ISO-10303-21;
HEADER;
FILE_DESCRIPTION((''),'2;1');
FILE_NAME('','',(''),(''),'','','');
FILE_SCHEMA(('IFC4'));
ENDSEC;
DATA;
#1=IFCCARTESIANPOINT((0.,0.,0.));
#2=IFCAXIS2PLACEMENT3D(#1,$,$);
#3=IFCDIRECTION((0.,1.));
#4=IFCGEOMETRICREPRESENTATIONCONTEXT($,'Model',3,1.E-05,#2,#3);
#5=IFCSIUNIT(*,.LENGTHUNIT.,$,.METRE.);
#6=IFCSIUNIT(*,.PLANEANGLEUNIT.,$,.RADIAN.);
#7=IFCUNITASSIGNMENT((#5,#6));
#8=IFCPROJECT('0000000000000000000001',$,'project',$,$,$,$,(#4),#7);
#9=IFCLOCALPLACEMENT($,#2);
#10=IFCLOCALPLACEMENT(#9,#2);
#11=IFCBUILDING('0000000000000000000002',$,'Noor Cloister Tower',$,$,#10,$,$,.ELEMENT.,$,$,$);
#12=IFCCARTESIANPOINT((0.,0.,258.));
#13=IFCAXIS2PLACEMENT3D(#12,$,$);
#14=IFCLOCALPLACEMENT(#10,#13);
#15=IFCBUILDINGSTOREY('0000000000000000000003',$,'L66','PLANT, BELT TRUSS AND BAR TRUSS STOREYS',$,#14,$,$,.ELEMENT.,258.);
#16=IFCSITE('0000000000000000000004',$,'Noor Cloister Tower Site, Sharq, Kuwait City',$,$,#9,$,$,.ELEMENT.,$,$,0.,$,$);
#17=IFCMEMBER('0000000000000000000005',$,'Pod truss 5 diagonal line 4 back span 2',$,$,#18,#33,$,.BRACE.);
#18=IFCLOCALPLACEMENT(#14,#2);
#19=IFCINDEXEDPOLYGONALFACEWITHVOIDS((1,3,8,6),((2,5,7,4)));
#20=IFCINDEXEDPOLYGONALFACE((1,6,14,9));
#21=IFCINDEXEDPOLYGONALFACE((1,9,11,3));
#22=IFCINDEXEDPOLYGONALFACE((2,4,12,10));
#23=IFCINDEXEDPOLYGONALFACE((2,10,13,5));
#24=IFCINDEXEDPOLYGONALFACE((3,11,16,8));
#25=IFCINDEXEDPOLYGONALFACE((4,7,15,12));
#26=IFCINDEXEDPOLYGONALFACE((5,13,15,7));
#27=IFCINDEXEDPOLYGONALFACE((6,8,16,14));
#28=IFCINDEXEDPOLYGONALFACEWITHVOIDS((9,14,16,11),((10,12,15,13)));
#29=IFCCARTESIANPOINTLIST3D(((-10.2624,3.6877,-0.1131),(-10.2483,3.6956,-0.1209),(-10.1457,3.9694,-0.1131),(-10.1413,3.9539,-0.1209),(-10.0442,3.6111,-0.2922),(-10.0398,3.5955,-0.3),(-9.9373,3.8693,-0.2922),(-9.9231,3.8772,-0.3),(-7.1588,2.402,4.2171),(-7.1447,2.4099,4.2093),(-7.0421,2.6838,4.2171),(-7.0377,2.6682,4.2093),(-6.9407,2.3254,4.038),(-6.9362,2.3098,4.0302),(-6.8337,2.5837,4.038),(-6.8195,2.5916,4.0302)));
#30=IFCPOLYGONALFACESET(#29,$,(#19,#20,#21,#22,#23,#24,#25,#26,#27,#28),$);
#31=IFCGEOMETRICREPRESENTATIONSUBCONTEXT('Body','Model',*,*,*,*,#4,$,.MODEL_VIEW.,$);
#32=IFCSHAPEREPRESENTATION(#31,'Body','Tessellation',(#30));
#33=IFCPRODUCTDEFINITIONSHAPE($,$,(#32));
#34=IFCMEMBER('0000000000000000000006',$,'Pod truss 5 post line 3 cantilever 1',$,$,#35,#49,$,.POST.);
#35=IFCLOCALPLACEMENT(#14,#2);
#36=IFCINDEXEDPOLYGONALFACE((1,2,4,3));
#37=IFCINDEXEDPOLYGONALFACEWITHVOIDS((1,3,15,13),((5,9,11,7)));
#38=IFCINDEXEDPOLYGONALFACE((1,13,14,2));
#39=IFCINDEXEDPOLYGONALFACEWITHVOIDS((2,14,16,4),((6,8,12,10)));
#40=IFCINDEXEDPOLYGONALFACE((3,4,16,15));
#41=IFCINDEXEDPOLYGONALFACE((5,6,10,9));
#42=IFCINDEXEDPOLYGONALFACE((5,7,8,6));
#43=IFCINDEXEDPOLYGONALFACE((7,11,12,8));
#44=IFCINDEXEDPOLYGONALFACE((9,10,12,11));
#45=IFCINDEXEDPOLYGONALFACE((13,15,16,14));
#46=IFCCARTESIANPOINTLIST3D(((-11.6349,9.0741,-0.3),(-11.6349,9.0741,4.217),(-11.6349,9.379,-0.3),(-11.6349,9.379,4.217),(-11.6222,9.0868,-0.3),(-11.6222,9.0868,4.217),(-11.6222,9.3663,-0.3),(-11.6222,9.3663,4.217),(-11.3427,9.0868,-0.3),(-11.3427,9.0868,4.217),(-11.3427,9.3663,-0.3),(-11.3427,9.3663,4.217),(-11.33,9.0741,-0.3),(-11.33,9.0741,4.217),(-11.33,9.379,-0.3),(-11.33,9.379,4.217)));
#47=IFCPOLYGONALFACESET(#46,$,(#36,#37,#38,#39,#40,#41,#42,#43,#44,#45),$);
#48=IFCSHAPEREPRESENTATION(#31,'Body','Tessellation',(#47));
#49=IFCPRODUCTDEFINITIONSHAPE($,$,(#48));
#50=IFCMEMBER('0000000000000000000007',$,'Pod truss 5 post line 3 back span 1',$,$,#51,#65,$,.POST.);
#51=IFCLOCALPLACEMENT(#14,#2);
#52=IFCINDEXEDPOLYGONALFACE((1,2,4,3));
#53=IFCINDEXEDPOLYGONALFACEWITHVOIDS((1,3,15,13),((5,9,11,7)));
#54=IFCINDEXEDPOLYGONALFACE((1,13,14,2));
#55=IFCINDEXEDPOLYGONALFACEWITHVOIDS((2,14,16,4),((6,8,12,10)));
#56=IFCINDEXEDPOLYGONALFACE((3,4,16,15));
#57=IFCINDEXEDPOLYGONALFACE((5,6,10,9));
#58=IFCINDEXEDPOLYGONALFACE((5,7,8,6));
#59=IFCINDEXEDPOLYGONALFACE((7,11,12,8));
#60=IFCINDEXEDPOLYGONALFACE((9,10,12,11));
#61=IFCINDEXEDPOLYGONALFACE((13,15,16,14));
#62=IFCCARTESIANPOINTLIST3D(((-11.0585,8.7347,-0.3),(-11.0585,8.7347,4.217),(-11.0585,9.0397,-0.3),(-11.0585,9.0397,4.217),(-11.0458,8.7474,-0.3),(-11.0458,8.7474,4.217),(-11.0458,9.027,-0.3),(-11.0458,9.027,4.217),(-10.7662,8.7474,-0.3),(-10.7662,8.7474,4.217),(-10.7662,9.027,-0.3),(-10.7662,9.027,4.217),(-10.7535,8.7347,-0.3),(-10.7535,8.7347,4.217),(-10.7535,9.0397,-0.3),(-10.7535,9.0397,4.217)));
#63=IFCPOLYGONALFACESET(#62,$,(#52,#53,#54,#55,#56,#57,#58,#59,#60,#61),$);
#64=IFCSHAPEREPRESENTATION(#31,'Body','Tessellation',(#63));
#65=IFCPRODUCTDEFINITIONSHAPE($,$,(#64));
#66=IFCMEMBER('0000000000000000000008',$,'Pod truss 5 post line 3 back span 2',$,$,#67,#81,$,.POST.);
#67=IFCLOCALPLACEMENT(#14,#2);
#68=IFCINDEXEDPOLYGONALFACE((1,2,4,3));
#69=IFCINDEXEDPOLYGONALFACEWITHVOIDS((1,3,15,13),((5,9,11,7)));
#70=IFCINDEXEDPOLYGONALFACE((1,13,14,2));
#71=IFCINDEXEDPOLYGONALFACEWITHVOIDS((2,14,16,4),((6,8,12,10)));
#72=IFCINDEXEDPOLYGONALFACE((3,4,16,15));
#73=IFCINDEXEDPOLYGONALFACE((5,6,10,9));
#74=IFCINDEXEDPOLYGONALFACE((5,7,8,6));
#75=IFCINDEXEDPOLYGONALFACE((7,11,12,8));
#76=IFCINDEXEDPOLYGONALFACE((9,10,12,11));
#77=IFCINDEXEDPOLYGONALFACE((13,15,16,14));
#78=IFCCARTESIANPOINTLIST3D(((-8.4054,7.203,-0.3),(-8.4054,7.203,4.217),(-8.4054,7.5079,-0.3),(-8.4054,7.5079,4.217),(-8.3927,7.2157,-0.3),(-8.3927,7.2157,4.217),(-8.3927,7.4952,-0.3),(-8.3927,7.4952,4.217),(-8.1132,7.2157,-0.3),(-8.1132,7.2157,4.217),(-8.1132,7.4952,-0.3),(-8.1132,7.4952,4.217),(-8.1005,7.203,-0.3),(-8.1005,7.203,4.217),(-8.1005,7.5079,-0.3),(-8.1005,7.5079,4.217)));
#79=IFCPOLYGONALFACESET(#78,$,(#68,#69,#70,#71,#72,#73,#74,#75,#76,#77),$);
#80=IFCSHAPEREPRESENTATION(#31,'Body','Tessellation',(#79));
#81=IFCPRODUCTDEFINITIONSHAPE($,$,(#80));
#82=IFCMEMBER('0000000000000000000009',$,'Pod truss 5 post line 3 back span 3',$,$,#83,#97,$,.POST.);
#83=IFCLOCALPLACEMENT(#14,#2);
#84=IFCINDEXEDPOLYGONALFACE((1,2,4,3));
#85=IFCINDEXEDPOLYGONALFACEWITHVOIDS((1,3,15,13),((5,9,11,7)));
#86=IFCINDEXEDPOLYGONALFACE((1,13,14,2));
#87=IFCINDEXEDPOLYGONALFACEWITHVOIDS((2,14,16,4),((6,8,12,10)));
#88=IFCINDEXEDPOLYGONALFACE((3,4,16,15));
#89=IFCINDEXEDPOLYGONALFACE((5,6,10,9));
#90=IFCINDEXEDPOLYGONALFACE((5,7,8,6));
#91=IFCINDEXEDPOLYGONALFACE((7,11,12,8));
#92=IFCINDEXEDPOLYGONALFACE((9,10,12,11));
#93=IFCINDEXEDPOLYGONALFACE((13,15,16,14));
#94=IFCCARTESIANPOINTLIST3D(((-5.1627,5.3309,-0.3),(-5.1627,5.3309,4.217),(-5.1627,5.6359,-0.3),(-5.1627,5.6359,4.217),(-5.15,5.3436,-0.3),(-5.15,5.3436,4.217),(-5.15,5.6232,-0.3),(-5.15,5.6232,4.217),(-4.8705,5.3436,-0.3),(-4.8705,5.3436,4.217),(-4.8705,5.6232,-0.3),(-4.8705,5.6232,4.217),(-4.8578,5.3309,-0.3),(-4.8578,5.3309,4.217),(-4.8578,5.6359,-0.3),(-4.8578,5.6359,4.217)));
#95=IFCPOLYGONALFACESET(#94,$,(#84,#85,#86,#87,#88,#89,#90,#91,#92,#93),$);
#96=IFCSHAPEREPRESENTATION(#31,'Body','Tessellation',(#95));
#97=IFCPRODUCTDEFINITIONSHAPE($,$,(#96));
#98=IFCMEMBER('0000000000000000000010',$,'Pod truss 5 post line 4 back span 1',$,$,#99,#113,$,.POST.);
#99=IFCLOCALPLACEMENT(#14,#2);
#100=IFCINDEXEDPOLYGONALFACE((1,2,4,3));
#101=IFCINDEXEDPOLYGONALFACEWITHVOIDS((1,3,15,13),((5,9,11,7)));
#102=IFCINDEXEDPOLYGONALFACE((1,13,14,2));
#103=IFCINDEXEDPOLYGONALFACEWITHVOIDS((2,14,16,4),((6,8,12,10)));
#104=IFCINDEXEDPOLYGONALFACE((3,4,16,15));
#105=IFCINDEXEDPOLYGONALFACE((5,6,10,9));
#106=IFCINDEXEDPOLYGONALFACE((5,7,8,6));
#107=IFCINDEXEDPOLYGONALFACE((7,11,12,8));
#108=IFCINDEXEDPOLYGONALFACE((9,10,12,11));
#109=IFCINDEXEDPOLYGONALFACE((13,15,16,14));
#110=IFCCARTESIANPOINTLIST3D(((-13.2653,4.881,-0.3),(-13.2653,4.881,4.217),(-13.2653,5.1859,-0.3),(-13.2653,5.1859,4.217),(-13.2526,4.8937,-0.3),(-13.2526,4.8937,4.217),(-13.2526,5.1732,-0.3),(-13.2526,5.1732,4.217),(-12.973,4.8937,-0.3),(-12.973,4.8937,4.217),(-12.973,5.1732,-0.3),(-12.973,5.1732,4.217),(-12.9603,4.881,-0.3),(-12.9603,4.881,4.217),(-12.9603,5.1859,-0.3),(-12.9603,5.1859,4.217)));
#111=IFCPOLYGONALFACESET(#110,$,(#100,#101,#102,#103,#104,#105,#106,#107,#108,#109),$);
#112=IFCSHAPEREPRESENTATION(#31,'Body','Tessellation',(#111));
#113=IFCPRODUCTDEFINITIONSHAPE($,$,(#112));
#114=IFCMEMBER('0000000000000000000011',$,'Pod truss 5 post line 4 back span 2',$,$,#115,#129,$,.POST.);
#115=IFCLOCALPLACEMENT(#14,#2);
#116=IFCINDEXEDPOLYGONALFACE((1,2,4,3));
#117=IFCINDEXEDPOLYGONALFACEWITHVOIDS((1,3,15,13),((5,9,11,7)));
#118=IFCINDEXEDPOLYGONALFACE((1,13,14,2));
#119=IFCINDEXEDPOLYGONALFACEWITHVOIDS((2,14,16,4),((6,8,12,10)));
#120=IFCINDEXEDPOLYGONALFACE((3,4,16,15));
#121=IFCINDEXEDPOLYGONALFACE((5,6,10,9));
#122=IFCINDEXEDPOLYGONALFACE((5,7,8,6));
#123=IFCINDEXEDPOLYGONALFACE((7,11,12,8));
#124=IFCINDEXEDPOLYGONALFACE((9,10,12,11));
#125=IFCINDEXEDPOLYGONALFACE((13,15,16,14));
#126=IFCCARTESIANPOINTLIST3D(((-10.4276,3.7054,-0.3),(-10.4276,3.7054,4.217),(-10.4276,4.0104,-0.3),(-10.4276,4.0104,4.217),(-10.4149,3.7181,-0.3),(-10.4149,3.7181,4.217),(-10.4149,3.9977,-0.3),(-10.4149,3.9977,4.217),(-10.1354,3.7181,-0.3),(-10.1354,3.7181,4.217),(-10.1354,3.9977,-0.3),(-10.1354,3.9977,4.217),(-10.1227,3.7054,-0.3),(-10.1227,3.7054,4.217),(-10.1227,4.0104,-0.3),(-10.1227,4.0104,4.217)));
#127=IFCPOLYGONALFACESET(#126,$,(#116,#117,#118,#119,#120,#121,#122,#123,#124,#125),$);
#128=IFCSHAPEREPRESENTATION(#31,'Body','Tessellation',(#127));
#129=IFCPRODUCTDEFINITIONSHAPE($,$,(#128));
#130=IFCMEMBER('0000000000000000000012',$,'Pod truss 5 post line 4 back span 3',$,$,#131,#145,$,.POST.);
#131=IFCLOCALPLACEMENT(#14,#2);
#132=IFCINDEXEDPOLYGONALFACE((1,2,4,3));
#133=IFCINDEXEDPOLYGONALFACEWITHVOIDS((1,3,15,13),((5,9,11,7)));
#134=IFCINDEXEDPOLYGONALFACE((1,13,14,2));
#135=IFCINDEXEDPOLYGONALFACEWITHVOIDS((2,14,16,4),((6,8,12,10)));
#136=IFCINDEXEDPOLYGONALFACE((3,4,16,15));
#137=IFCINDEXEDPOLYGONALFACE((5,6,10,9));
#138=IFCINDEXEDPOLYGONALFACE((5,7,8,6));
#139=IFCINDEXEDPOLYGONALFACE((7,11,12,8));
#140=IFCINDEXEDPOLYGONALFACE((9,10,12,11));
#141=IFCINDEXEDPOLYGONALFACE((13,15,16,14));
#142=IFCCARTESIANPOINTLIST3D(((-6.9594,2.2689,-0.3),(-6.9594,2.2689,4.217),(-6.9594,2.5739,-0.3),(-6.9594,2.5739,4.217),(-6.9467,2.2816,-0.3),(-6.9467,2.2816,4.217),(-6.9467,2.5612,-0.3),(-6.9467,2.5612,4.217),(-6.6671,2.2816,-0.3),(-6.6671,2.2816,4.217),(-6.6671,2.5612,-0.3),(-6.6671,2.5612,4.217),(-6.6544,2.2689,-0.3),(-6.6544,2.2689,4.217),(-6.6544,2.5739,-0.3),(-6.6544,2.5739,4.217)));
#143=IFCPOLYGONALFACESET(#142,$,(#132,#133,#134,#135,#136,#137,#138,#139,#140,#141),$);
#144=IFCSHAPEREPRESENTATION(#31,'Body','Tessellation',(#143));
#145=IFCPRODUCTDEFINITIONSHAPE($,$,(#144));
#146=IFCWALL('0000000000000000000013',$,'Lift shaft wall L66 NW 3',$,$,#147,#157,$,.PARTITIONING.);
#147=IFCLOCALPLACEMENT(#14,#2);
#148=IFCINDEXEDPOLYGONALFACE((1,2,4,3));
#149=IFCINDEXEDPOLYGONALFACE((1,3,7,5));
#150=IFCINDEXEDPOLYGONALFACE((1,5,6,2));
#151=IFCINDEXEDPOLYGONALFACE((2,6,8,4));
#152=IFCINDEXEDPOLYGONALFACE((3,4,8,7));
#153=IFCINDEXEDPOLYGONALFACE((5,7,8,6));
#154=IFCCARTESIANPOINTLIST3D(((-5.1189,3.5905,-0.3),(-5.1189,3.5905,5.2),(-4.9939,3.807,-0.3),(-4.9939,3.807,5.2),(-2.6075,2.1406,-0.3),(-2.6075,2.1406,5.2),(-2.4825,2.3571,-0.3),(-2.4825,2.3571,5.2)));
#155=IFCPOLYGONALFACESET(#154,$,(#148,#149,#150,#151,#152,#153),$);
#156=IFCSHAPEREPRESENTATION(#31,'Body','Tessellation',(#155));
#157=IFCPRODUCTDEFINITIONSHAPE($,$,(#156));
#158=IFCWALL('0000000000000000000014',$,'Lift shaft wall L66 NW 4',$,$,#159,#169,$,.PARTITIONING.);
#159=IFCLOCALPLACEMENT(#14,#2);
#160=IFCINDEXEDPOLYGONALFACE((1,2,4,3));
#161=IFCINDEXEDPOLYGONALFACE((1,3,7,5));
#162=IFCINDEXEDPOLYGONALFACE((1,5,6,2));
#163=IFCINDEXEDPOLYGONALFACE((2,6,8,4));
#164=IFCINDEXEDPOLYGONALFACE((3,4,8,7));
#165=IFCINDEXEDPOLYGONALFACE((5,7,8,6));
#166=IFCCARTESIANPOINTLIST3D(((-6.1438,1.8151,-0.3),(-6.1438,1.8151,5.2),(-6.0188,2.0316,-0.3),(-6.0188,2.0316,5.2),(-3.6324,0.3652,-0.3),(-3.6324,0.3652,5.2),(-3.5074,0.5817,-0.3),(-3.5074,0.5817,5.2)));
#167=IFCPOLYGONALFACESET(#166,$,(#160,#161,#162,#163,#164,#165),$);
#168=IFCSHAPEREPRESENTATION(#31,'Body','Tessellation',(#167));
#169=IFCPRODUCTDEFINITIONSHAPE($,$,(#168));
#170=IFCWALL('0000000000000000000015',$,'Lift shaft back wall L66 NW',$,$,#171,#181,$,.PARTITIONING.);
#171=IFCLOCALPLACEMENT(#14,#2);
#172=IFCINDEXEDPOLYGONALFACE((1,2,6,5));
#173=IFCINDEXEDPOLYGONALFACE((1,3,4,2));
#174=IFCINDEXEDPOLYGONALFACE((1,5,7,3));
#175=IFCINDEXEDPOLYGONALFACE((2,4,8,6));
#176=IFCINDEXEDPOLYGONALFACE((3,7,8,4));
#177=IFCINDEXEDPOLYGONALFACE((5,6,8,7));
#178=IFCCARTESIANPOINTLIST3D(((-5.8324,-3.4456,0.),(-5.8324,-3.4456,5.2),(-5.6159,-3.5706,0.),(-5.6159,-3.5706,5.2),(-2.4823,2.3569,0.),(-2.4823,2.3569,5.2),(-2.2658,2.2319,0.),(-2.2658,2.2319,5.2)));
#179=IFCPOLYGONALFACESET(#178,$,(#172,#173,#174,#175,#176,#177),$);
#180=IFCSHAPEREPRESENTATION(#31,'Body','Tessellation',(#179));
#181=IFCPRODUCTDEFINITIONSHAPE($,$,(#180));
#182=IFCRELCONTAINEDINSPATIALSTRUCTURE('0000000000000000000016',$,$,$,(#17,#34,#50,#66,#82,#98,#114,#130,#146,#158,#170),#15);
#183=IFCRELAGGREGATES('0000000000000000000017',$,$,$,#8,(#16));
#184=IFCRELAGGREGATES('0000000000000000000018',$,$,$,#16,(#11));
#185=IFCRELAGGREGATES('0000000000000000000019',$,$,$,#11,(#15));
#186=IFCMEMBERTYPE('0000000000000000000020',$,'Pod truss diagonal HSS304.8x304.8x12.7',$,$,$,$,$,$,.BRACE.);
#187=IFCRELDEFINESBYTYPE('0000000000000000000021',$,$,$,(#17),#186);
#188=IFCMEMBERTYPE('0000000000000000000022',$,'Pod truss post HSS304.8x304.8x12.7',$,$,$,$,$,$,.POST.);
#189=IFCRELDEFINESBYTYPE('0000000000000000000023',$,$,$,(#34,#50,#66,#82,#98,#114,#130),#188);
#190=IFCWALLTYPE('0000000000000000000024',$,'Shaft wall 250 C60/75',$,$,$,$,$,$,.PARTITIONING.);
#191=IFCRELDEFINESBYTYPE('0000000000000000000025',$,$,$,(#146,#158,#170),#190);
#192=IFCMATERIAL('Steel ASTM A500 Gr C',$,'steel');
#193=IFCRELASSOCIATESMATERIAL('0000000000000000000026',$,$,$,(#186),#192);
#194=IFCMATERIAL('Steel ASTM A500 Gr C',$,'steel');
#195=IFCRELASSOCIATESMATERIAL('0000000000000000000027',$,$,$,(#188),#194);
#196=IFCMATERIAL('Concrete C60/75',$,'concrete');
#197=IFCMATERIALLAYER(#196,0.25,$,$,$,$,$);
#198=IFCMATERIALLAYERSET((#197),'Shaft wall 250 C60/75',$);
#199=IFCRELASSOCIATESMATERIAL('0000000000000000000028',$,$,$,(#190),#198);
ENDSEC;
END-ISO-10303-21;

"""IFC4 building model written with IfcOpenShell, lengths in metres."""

from ifc_helpers import new_model, si_unit, direction, frame, frame_2d, origin, origin_2d, place, context, subcontext, project, spatial, rectangle, hollow_rectangle, extrude, material, layer, layer_set, material_profile, profile_set, type_object, element, save


model = new_model("IFC4")

# Units and contexts
model_context = context("Model", 3, precision=1e-05, world=origin(), true_north=direction((0.0, 1.0)))
body_context = subcontext(model_context, "Body", "Model", "MODEL_VIEW")
ifc_project = project(units=[si_unit("LENGTHUNIT", "METRE"), si_unit("PLANEANGLEUNIT", "RADIAN")], contexts=[model_context])

# Site, building, storey
site_placement = place(None, origin())
site = spatial("IfcSite", under=ifc_project, at=site_placement, Name="Noor Cloister Tower Site, Sharq, Kuwait City", CompositionType="ELEMENT", RefElevation=0.0)
building_placement = place(site_placement, origin())
building = spatial("IfcBuilding", under=site, at=building_placement, Name="Noor Cloister Tower", CompositionType="ELEMENT")
storey_placement = place(building_placement, frame((0.0, 0.0, 258.0)))
storey = spatial("IfcBuildingStorey", under=building, at=storey_placement, Name="L66", Description="PLANT, BELT TRUSS AND BAR TRUSS STOREYS", CompositionType="ELEMENT", Elevation=258.0)

# Members
ifc_material_1 = material(Name="Steel ASTM A500 Gr C", Category="steel")
ifc_material_profile_1 = material_profile(ifc_material_1, hollow_rectangle(XDim=0.3049, YDim=0.3049, WallThickness=0.0127, at=origin_2d()), Name="HSS304.8x304.8x12.7")
ifc_profile_set_1 = profile_set([ifc_material_profile_1], Name="Steel ASTM A500 Gr C")
member_type_1 = type_object("IfcMemberType", Name="Pod truss diagonal HSS304.8x304.8x12.7", PredefinedType="BRACE", material=ifc_profile_set_1)
member_1_placement = place(storey_placement, frame((-10.0928, 3.7825, -0.2065), z_axis=(0.566299, -0.234592, 0.790109), x_axis=(0.382716, 0.923866, 0.0)))
element("IfcMember", 1, at=member_1_placement, inside=storey, type_object=member_type_1, Name="Pod truss 5 diagonal line 4 back span 2", PredefinedType="BRACE", context=body_context, shape_type="SweptSolid", body=[
    extrude(hollow_rectangle(XDim=0.3049, YDim=0.3049, WallThickness=0.0127, at=origin_2d()), origin(), (0.0, 0.0, 1.0), 5.4805),
])
ifc_material_2 = material(Name="Steel ASTM A500 Gr C", Category="steel")
ifc_material_profile_2 = material_profile(ifc_material_2, hollow_rectangle(XDim=0.3049, YDim=0.3049, WallThickness=0.0127, at=origin_2d()), Name="HSS304.8x304.8x12.7")
ifc_profile_set_2 = profile_set([ifc_material_profile_2], Name="Steel ASTM A500 Gr C")
member_type_2 = type_object("IfcMemberType", Name="Pod truss post HSS304.8x304.8x12.7", PredefinedType="POST", material=ifc_profile_set_2)
for number, where, z_axis, x_axis, name in (
    (2, (-11.4824, 9.2266, -0.3), (0.0, 0.0, 1.0), (1.0, 0.0, 0.0), "Pod truss 5 post line 3 cantilever 1"),
    (3, (-10.906, 8.8872, -0.3), (0.0, 0.0, 1.0), (1.0, 0.0, 0.0), "Pod truss 5 post line 3 back span 1"),
    (4, (-8.2529, 7.3555, -0.3), (0.0, 0.0, 1.0), (1.0, 0.0, 0.0), "Pod truss 5 post line 3 back span 2"),
    (5, (-5.0103, 5.4834, -0.3), (0.0, 0.0, 1.0), (1.0, 0.0, 0.0), "Pod truss 5 post line 3 back span 3"),
    (6, (-13.1128, 5.0334, -0.3), (0.0, 0.0, 1.0), (1.0, 0.0, 0.0), "Pod truss 5 post line 4 back span 1"),
    (7, (-10.2751, 3.8579, -0.3), (0.0, 0.0, 1.0), (1.0, 0.0, 0.0), "Pod truss 5 post line 4 back span 2"),
    (8, (-6.8069, 2.4214, -0.3), (0.0, 0.0, 1.0), (1.0, 0.0, 0.0), "Pod truss 5 post line 4 back span 3"),
):
    element("IfcMember", number, at=place(storey_placement, frame(where, z_axis=z_axis, x_axis=x_axis)), inside=storey, type_object=member_type_2, Name=name, PredefinedType="POST", context=body_context, shape_type="SweptSolid", body=[
        extrude(hollow_rectangle(XDim=0.3049, YDim=0.3049, WallThickness=0.0127, at=origin_2d()), origin(), (0.0, 0.0, 1.0), 4.5171),
    ])

# Walls
ifc_material_3 = material(Name="Concrete C60/75", Category="concrete")
ifc_layer = layer(ifc_material_3, 0.25)
ifc_layer_set = layer_set([ifc_layer], Name="Shaft wall 250 C60/75")
wall_type = type_object("IfcWallType", Name="Shaft wall 250 C60/75", PredefinedType="PARTITIONING", material=ifc_layer_set)
for number, where, z_axis, x_axis, name in (
    (9, (-5.0564, 3.6987, -0.3), (0.0, 0.0, 1.0), (0.866033, -0.499987, 0.0), "Lift shaft wall L66 NW 3"),
    (10, (-6.0813, 1.9233, -0.3), (0.0, 0.0, 1.0), (0.866033, -0.499987, 0.0), "Lift shaft wall L66 NW 4"),
):
    element("IfcWall", number, at=place(storey_placement, frame(where, z_axis=z_axis, x_axis=x_axis)), inside=storey, type_object=wall_type, Name=name, PredefinedType="PARTITIONING", context=body_context, shape_type="SweptSolid", body=[
        extrude(rectangle(XDim=2.8999, YDim=0.25, at=frame_2d((1.45, 0.0))), origin(), (0.0, 0.0, 1.0), 5.5),
    ])
wall_placement = place(storey_placement, frame((-2.374, 2.2944, 0.0), z_axis=(0.0, 0.0, 1.0), x_axis=(-0.500003, -0.866024, 0.0)))
element("IfcWall", 11, at=wall_placement, inside=storey, type_object=wall_type, Name="Lift shaft back wall L66 NW", PredefinedType="PARTITIONING", context=body_context, shape_type="SweptSolid", body=[
    extrude(rectangle(XDim=6.7002, YDim=0.25, at=frame_2d((3.3501, 0.0))), origin(), (0.0, 0.0, 1.0), 5.2),
])

save(model, "model.ifc")
